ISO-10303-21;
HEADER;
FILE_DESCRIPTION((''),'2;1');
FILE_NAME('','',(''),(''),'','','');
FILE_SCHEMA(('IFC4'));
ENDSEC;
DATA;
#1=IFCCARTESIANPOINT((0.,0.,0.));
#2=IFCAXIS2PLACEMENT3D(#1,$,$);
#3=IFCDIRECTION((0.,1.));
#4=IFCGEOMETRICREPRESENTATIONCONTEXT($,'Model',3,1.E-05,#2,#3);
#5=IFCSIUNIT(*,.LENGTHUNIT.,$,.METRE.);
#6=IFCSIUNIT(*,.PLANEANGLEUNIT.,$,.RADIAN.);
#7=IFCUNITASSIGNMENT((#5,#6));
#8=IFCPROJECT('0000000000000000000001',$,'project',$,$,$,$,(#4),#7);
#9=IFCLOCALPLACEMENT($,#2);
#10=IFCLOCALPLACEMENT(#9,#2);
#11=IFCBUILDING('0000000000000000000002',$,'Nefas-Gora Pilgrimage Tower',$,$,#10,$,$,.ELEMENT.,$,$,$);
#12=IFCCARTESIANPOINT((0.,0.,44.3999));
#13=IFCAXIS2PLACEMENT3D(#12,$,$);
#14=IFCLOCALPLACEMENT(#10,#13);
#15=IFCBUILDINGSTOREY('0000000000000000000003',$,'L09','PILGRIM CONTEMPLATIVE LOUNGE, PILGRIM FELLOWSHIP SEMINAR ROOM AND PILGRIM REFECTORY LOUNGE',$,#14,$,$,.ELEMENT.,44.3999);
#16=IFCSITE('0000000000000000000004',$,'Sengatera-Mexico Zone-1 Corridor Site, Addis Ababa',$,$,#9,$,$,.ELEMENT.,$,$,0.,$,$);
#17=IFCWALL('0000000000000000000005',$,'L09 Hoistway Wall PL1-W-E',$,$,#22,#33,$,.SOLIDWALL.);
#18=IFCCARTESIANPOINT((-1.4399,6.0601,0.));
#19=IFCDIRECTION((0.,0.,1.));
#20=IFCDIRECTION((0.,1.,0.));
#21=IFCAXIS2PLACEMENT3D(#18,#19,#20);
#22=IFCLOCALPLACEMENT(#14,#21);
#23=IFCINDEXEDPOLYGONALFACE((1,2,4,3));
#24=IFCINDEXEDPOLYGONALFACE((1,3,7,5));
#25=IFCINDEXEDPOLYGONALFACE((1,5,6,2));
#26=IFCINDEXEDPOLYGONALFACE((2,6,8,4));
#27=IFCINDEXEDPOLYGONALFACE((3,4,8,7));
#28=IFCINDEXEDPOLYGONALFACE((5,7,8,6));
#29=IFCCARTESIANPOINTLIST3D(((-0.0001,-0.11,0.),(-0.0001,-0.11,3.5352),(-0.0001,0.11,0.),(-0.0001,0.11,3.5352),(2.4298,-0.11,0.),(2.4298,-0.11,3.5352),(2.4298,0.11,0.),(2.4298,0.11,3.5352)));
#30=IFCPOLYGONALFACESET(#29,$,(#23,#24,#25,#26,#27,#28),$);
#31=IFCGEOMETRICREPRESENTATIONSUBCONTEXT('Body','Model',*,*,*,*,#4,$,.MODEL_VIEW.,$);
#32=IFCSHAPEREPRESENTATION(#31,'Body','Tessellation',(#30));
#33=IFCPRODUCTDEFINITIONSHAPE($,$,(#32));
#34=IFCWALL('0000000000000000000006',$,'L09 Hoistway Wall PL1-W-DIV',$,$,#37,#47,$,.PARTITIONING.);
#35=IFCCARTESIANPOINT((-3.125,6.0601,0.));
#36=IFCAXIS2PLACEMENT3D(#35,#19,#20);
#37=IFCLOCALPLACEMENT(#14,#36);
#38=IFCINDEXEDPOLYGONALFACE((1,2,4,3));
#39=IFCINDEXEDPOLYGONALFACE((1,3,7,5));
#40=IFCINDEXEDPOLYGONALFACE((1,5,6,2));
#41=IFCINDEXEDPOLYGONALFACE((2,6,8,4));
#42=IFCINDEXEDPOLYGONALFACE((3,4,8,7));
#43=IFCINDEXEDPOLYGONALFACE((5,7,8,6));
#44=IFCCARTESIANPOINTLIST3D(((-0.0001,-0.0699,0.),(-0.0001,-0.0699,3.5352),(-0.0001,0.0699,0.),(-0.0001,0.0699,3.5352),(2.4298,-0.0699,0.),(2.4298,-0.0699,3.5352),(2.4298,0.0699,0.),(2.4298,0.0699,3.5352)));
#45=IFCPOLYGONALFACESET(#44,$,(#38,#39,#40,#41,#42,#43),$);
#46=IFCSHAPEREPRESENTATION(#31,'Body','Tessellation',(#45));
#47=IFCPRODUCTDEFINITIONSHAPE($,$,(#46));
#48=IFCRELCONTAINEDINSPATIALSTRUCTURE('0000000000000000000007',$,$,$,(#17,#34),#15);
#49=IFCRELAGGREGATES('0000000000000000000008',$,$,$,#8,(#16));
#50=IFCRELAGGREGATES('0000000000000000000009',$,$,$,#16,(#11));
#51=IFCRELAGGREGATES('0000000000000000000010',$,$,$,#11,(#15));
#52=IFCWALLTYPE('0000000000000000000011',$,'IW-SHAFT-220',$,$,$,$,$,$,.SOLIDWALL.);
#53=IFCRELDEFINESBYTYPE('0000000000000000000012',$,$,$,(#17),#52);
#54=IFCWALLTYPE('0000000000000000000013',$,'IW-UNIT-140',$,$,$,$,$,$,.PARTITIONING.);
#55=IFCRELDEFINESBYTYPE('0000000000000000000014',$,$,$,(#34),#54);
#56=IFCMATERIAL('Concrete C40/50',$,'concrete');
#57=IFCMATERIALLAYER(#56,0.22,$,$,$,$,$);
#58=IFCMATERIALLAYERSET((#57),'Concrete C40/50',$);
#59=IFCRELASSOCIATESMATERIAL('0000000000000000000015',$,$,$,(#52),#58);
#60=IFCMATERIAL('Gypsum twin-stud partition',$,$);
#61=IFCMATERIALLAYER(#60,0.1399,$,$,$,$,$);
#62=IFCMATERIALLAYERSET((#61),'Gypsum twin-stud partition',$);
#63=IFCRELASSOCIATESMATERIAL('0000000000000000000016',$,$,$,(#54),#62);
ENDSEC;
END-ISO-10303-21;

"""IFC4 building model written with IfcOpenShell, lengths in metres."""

from ifc_helpers import new_model, si_unit, direction, frame, frame_2d, origin, place, context, subcontext, project, spatial, rectangle, extrude, source, transform, mapped, material, layer, layer_set, type_object, element, save


model = new_model("IFC4")

# Units and contexts
model_context = context("Model", 3, precision=1e-05, world=origin(), true_north=direction((0.0, 1.0)))
body_context = subcontext(model_context, "Body", "Model", "MODEL_VIEW")
ifc_project = project(units=[si_unit("LENGTHUNIT", "METRE"), si_unit("PLANEANGLEUNIT", "RADIAN")], contexts=[model_context])

# Site, building, storey
site_placement = place(None, origin())
site = spatial("IfcSite", under=ifc_project, at=site_placement, Name="Sengatera-Mexico Zone-1 Corridor Site, Addis Ababa", CompositionType="ELEMENT", RefElevation=0.0)
building_placement = place(site_placement, origin())
building = spatial("IfcBuilding", under=site, at=building_placement, Name="Nefas-Gora Pilgrimage Tower", CompositionType="ELEMENT")
storey_placement = place(building_placement, frame((0.0, 0.0, 44.3999)))
storey = spatial("IfcBuildingStorey", under=building, at=storey_placement, Name="L09", Description="PILGRIM CONTEMPLATIVE LOUNGE, PILGRIM FELLOWSHIP SEMINAR ROOM AND PILGRIM REFECTORY LOUNGE", CompositionType="ELEMENT", Elevation=44.3999)

# Shared definitions
ifc_material_1 = material(Name="Concrete C40/50", Category="concrete")

# Shared definitions
ifc_layer_1 = layer(ifc_material_1, 0.22)
ifc_layer_set_1 = layer_set([ifc_layer_1], Name="Concrete C40/50")
wall_type_1 = type_object("IfcWallType", Name="IW-SHAFT-220", PredefinedType="SOLIDWALL", material=ifc_layer_set_1)

# Walls
shared_shape_1 = source(origin(), body_context, "Body", "SweptSolid", [
    extrude(rectangle(XDim=2.4299, YDim=0.22, at=frame_2d((1.2148, 0.0))), origin(), (0.0, 0.0, 1.0), 3.5352),
])
for number, where, z_axis, x_axis, name in (
    (1, (-1.4399, 6.0601, 0.0), (0.0, 0.0, 1.0), (0.0, 1.0, 0.0), "L09 Hoistway Wall PL1-W-E"),
):
    element("IfcWall", number, at=place(storey_placement, frame(where, z_axis=z_axis, x_axis=x_axis)), inside=storey, type_object=wall_type_1, Name=name, PredefinedType="SOLIDWALL", context=body_context, shape_type="MappedRepresentation", body=[
        mapped(shared_shape_1, transform((0.0, 0.0, 0.0), x_axis=(1.0, 0.0, 0.0), y_axis=(0.0, 1.0, 0.0), z_axis=(0.0, 0.0, 1.0), scale=1.0)),
    ])
ifc_material_2 = material(Name="Gypsum twin-stud partition")
ifc_layer_2 = layer(ifc_material_2, 0.1399)
ifc_layer_set_2 = layer_set([ifc_layer_2], Name="Gypsum twin-stud partition")
wall_type_2 = type_object("IfcWallType", Name="IW-UNIT-140", PredefinedType="PARTITIONING", material=ifc_layer_set_2)
shared_shape_2 = source(origin(), body_context, "Body", "SweptSolid", [
    extrude(rectangle(XDim=2.4299, YDim=0.1399, at=frame_2d((1.2148, 0.0))), origin(), (0.0, 0.0, 1.0), 3.5352),
])
wall_1_placement = place(storey_placement, frame((-3.125, 6.0601, 0.0), z_axis=(0.0, 0.0, 1.0), x_axis=(0.0, 1.0, 0.0)))
element("IfcWall", 2, at=wall_1_placement, inside=storey, type_object=wall_type_2, Name="L09 Hoistway Wall PL1-W-DIV", PredefinedType="PARTITIONING", context=body_context, shape_type="MappedRepresentation", body=[
    mapped(shared_shape_2, transform((0.0, 0.0, 0.0), x_axis=(1.0, 0.0, 0.0), y_axis=(0.0, 1.0, 0.0), z_axis=(0.0, 0.0, 1.0), scale=1.0)),
])

save(model, "model.ifc")
